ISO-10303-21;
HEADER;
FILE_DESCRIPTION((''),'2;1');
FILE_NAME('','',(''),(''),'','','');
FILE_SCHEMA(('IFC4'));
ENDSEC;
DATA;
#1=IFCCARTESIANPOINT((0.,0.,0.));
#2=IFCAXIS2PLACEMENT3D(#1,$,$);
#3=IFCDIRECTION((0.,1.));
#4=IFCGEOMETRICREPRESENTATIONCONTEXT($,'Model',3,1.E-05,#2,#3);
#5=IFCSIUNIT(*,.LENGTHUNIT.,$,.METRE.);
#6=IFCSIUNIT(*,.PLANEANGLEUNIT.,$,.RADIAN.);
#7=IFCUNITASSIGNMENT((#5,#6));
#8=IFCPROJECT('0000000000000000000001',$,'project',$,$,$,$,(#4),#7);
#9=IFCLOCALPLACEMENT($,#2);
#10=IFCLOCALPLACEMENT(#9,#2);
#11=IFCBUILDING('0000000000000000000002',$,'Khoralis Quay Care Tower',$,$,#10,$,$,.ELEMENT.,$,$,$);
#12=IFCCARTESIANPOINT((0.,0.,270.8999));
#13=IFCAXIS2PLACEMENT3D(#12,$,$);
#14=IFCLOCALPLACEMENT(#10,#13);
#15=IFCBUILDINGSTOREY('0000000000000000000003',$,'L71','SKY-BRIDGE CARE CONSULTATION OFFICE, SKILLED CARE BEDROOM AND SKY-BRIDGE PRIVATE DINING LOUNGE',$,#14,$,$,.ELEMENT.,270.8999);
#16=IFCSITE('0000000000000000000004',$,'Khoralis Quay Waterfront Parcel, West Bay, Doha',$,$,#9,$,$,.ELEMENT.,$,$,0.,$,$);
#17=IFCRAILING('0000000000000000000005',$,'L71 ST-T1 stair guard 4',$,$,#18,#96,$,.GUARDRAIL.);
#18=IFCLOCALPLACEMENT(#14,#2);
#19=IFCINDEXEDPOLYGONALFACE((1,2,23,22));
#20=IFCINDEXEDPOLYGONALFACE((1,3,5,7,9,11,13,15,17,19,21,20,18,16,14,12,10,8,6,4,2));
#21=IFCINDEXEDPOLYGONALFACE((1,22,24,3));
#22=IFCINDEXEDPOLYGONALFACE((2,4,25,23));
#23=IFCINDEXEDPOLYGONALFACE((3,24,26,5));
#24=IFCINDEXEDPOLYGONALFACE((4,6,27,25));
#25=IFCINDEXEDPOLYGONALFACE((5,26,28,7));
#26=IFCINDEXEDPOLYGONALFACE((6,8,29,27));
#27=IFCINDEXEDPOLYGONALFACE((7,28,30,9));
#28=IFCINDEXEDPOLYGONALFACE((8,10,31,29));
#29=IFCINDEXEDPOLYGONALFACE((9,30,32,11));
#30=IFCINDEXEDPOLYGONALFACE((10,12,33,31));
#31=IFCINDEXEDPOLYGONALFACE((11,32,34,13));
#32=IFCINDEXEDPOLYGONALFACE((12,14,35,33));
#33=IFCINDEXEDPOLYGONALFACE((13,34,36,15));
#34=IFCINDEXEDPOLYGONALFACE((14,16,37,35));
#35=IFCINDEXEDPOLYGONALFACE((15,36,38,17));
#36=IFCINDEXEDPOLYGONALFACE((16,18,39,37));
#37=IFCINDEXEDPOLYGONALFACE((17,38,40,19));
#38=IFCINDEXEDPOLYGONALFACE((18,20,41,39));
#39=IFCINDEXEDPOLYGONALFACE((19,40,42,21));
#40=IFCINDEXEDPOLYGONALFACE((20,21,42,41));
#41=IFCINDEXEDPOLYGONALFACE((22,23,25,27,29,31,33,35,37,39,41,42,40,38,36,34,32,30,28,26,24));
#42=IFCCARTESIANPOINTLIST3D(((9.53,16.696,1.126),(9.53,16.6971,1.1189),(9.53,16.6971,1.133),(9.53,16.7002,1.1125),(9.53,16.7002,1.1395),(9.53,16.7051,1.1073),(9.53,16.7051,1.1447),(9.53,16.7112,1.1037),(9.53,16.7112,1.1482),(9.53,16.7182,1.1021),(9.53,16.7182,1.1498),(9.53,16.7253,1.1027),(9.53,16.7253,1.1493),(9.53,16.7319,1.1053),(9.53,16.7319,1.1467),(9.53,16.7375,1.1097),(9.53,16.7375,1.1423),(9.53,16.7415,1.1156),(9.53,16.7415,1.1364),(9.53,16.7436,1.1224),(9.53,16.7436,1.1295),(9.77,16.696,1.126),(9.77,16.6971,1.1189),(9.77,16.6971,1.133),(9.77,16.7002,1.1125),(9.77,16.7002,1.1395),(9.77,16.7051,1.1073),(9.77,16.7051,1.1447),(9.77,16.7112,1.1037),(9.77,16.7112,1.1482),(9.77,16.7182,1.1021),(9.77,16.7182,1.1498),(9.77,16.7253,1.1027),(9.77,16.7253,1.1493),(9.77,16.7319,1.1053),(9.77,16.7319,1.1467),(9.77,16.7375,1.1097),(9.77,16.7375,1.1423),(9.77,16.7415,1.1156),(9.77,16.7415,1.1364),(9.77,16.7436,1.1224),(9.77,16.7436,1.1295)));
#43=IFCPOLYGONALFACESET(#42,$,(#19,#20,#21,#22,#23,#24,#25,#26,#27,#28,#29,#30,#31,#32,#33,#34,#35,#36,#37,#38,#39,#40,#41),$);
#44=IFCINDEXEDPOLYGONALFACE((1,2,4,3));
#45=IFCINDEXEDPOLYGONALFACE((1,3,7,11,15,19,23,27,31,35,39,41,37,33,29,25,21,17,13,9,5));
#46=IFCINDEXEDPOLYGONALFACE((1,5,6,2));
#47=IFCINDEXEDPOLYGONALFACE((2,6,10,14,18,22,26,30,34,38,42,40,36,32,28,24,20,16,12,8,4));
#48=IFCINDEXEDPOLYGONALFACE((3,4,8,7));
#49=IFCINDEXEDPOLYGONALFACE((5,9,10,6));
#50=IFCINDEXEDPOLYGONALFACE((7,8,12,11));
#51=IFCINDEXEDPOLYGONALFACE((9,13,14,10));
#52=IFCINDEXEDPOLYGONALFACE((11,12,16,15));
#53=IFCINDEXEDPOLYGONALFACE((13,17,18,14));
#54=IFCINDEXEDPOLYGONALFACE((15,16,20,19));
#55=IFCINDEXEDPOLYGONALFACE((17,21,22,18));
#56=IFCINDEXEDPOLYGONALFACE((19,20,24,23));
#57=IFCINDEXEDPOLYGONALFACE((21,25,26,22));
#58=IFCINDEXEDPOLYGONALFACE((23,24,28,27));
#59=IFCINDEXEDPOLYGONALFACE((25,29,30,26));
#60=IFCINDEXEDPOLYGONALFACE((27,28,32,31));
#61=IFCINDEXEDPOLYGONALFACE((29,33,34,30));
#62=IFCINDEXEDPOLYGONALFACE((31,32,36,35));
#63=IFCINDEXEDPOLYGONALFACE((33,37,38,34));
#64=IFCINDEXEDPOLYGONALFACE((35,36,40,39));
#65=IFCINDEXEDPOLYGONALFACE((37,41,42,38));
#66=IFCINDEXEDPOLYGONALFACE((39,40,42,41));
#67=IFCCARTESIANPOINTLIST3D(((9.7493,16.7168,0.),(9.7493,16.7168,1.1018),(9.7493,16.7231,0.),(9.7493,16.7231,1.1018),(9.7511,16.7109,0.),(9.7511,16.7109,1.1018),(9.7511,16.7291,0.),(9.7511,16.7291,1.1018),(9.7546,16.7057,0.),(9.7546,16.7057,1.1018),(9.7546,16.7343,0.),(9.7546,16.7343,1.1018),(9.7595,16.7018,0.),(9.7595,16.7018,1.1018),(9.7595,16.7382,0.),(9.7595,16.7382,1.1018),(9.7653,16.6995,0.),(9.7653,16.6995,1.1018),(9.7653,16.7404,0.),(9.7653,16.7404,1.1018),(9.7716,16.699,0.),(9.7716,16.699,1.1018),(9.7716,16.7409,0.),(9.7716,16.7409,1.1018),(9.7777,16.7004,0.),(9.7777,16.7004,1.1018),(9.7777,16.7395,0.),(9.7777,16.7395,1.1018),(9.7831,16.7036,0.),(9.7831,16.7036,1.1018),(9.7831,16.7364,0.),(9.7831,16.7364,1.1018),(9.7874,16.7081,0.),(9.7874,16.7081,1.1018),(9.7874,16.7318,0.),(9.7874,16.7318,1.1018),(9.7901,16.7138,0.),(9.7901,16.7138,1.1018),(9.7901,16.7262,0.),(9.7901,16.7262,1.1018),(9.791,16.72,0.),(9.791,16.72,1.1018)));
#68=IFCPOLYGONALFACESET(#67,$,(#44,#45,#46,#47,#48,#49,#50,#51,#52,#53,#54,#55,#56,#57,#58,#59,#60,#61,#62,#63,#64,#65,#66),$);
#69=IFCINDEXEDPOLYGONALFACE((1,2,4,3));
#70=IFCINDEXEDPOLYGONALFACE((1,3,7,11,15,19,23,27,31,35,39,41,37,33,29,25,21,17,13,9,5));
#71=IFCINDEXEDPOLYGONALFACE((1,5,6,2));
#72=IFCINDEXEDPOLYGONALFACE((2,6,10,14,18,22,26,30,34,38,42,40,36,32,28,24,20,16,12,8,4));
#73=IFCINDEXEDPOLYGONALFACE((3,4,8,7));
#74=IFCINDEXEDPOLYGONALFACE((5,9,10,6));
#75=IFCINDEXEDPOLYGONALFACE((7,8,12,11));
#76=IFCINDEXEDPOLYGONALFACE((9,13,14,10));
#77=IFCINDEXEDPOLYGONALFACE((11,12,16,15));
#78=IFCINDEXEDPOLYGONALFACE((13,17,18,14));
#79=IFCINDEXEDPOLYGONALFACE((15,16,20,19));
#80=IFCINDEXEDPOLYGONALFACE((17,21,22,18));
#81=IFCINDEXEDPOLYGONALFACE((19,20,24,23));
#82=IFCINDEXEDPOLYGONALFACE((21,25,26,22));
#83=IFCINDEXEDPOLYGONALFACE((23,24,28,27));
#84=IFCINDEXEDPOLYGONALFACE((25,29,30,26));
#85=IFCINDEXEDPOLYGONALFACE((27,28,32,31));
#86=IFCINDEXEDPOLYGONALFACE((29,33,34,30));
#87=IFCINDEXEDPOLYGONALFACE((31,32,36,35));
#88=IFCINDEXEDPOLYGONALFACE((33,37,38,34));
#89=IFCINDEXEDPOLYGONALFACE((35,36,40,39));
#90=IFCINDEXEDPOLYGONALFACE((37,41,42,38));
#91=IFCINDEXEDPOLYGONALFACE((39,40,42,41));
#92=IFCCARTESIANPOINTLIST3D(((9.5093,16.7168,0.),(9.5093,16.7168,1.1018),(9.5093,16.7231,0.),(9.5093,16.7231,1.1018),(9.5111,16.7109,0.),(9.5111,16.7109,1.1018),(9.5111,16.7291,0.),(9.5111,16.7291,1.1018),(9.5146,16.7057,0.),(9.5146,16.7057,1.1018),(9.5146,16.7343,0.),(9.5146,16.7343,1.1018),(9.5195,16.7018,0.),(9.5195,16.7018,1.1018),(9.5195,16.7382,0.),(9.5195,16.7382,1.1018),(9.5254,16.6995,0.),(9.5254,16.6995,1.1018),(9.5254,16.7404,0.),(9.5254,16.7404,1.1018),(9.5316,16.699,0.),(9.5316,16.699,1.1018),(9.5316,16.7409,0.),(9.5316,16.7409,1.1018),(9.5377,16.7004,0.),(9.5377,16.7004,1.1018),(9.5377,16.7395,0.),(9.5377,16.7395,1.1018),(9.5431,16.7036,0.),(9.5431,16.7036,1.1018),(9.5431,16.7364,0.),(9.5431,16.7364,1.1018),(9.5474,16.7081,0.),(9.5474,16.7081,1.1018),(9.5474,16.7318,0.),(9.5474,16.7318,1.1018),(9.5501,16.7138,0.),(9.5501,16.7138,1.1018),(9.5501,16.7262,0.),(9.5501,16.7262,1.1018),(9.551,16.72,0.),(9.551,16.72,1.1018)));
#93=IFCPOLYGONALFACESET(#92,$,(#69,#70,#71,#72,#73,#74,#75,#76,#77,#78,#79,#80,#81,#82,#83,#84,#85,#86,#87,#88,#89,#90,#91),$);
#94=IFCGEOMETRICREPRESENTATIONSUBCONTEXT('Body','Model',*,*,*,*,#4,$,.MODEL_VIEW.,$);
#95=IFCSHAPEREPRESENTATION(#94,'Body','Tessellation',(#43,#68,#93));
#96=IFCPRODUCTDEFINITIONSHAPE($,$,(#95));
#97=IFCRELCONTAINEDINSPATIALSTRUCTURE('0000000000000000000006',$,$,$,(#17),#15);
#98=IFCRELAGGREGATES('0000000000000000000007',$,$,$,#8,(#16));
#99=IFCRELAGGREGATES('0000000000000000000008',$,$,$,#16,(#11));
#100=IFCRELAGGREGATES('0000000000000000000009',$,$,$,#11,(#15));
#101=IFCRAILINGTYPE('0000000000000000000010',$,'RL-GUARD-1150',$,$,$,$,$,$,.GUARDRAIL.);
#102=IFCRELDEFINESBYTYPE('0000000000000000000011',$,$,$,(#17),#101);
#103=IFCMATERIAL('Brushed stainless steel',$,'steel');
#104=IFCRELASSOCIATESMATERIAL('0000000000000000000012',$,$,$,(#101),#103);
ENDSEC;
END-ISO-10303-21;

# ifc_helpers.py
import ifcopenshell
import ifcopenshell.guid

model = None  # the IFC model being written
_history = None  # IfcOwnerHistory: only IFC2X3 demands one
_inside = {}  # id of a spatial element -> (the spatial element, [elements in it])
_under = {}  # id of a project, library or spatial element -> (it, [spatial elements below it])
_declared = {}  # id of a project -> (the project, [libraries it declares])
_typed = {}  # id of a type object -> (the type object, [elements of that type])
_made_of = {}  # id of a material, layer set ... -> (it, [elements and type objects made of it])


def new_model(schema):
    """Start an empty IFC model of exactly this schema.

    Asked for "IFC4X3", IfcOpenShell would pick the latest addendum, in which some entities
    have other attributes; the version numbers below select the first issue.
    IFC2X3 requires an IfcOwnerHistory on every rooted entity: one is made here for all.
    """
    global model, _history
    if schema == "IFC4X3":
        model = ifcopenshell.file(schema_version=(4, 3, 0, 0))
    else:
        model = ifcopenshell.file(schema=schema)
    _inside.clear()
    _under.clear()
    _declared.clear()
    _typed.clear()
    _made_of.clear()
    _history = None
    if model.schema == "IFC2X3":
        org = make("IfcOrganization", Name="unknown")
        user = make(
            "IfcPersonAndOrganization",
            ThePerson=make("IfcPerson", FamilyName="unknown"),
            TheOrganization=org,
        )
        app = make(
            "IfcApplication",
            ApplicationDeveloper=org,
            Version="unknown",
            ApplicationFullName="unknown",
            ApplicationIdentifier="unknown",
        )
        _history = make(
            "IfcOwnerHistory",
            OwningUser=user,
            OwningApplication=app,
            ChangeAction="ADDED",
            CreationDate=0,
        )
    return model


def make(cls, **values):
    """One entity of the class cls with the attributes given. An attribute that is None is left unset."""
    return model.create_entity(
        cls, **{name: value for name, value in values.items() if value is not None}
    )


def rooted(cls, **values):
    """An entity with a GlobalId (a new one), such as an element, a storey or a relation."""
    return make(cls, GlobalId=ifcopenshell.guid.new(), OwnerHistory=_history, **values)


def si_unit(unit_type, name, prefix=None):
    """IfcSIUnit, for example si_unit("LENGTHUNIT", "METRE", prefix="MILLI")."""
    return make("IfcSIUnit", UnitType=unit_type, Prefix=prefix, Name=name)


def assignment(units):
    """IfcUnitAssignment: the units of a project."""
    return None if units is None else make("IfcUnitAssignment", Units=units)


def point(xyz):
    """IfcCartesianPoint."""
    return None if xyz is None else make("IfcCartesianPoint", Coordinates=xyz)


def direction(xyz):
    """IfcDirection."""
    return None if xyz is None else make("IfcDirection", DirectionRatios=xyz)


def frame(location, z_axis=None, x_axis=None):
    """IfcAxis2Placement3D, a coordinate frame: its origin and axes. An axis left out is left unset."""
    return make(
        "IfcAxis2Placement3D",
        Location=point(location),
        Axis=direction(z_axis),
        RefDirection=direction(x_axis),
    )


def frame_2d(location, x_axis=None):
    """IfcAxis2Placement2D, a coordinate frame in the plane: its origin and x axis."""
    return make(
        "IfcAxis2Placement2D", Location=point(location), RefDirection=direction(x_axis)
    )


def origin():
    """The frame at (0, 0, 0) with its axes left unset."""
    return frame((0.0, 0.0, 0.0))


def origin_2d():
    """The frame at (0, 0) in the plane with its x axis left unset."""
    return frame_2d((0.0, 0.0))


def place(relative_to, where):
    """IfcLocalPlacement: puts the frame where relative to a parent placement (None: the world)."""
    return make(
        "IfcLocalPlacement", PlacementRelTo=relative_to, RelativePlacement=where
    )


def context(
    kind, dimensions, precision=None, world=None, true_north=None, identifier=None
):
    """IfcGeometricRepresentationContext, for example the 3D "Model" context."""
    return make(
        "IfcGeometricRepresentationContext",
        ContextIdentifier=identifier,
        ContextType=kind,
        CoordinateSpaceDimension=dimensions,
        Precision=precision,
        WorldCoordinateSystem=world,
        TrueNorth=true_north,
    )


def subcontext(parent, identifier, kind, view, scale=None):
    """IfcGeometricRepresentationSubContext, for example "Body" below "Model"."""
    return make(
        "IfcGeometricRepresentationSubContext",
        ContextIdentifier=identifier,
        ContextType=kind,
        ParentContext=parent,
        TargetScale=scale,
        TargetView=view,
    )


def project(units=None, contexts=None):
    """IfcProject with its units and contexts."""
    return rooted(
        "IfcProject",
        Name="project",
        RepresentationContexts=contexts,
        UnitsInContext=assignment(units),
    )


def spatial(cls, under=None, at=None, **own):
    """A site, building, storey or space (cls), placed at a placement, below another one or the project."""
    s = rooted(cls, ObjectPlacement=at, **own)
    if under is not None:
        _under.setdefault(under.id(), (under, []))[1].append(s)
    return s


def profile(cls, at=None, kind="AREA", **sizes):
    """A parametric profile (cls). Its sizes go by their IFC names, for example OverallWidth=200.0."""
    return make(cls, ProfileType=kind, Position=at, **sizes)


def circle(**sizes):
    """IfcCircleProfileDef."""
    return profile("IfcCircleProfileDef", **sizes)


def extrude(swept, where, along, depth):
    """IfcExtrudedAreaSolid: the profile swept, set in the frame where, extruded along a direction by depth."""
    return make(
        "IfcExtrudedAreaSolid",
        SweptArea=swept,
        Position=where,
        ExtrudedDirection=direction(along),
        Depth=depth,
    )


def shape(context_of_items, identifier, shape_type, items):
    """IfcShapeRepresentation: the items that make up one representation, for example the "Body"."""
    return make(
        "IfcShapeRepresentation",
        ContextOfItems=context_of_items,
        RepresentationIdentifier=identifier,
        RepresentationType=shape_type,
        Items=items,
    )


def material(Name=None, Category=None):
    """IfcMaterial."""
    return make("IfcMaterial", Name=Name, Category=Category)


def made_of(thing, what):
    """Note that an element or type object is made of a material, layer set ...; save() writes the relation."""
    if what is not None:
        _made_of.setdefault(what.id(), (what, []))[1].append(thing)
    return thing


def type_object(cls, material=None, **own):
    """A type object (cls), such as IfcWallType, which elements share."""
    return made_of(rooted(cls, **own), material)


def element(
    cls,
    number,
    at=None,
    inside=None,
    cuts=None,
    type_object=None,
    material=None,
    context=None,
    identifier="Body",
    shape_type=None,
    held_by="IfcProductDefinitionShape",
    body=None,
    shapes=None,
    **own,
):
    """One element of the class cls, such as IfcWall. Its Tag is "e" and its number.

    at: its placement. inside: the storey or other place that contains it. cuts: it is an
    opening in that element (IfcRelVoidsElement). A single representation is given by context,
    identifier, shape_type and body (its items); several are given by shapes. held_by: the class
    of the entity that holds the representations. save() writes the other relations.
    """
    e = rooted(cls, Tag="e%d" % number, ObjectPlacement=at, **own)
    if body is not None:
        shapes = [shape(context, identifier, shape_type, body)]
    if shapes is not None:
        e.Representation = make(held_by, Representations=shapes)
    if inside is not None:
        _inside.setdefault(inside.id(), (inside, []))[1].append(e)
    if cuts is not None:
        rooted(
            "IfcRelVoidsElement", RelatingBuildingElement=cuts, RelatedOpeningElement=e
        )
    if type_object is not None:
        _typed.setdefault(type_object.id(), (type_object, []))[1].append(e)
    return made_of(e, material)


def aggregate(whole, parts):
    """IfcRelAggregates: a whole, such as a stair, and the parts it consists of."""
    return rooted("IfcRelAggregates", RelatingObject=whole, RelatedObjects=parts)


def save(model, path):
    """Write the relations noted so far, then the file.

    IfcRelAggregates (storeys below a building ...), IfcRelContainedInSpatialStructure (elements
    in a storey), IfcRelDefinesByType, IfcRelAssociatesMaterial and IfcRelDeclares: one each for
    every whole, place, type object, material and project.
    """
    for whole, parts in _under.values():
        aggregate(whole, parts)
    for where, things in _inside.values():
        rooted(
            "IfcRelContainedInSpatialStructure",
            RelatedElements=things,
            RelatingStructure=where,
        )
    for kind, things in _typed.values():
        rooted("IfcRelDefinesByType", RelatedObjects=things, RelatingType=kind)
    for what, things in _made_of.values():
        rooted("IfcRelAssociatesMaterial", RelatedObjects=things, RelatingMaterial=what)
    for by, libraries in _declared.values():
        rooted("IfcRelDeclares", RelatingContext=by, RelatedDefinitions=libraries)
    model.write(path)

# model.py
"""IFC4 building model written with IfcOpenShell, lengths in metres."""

from ifc_helpers import new_model, si_unit, direction, frame, origin, origin_2d, place, context, subcontext, project, spatial, circle, extrude, material, type_object, element, save


model = new_model("IFC4")

# Units and contexts
model_context = context("Model", 3, precision=1e-05, world=origin(), true_north=direction((0.0, 1.0)))
body_context = subcontext(model_context, "Body", "Model", "MODEL_VIEW")
ifc_project = project(units=[si_unit("LENGTHUNIT", "METRE"), si_unit("PLANEANGLEUNIT", "RADIAN")], contexts=[model_context])

# Site, building, storey
site_placement = place(None, origin())
site = spatial("IfcSite", under=ifc_project, at=site_placement, Name="Khoralis Quay Waterfront Parcel, West Bay, Doha", CompositionType="ELEMENT", RefElevation=0.0)
building_placement = place(site_placement, origin())
building = spatial("IfcBuilding", under=site, at=building_placement, Name="Khoralis Quay Care Tower", CompositionType="ELEMENT")
storey_placement = place(building_placement, frame((0.0, 0.0, 270.8999)))
storey = spatial("IfcBuildingStorey", under=building, at=storey_placement, Name="L71", Description="SKY-BRIDGE CARE CONSULTATION OFFICE, SKILLED CARE BEDROOM AND SKY-BRIDGE PRIVATE DINING LOUNGE", CompositionType="ELEMENT", Elevation=270.8999)

# Shared definitions
ifc_material_1 = material(Name="Brushed stainless steel", Category="steel")

# Railing
railing_type_1 = type_object("IfcRailingType", Name="RL-GUARD-1150", PredefinedType="GUARDRAIL", material=ifc_material_1)
railing_1_placement = place(storey_placement, frame((9.77, 16.72, 0.0)))
element("IfcRailing", 1, at=railing_1_placement, inside=storey, type_object=railing_type_1, Name="L71 ST-T1 stair guard 4", PredefinedType="GUARDRAIL", context=body_context, shape_type="SweptSolid", body=[
    extrude(circle(Radius=0.0239, at=origin_2d()), frame((0.0, 0.0, 1.126), z_axis=(-1.0, 0.0, 0.0), x_axis=(0.0, -1.0, 0.0)), (0.0, 0.0, 1.0), 0.24),
    extrude(circle(Radius=0.021, at=origin_2d()), origin(), (0.0, 0.0, 1.0), 1.1018),
    extrude(circle(Radius=0.021, at=origin_2d()), frame((-0.24, 0.0, 0.0)), (0.0, 0.0, 1.0), 1.1018),
])

save(model, "model.ifc")
